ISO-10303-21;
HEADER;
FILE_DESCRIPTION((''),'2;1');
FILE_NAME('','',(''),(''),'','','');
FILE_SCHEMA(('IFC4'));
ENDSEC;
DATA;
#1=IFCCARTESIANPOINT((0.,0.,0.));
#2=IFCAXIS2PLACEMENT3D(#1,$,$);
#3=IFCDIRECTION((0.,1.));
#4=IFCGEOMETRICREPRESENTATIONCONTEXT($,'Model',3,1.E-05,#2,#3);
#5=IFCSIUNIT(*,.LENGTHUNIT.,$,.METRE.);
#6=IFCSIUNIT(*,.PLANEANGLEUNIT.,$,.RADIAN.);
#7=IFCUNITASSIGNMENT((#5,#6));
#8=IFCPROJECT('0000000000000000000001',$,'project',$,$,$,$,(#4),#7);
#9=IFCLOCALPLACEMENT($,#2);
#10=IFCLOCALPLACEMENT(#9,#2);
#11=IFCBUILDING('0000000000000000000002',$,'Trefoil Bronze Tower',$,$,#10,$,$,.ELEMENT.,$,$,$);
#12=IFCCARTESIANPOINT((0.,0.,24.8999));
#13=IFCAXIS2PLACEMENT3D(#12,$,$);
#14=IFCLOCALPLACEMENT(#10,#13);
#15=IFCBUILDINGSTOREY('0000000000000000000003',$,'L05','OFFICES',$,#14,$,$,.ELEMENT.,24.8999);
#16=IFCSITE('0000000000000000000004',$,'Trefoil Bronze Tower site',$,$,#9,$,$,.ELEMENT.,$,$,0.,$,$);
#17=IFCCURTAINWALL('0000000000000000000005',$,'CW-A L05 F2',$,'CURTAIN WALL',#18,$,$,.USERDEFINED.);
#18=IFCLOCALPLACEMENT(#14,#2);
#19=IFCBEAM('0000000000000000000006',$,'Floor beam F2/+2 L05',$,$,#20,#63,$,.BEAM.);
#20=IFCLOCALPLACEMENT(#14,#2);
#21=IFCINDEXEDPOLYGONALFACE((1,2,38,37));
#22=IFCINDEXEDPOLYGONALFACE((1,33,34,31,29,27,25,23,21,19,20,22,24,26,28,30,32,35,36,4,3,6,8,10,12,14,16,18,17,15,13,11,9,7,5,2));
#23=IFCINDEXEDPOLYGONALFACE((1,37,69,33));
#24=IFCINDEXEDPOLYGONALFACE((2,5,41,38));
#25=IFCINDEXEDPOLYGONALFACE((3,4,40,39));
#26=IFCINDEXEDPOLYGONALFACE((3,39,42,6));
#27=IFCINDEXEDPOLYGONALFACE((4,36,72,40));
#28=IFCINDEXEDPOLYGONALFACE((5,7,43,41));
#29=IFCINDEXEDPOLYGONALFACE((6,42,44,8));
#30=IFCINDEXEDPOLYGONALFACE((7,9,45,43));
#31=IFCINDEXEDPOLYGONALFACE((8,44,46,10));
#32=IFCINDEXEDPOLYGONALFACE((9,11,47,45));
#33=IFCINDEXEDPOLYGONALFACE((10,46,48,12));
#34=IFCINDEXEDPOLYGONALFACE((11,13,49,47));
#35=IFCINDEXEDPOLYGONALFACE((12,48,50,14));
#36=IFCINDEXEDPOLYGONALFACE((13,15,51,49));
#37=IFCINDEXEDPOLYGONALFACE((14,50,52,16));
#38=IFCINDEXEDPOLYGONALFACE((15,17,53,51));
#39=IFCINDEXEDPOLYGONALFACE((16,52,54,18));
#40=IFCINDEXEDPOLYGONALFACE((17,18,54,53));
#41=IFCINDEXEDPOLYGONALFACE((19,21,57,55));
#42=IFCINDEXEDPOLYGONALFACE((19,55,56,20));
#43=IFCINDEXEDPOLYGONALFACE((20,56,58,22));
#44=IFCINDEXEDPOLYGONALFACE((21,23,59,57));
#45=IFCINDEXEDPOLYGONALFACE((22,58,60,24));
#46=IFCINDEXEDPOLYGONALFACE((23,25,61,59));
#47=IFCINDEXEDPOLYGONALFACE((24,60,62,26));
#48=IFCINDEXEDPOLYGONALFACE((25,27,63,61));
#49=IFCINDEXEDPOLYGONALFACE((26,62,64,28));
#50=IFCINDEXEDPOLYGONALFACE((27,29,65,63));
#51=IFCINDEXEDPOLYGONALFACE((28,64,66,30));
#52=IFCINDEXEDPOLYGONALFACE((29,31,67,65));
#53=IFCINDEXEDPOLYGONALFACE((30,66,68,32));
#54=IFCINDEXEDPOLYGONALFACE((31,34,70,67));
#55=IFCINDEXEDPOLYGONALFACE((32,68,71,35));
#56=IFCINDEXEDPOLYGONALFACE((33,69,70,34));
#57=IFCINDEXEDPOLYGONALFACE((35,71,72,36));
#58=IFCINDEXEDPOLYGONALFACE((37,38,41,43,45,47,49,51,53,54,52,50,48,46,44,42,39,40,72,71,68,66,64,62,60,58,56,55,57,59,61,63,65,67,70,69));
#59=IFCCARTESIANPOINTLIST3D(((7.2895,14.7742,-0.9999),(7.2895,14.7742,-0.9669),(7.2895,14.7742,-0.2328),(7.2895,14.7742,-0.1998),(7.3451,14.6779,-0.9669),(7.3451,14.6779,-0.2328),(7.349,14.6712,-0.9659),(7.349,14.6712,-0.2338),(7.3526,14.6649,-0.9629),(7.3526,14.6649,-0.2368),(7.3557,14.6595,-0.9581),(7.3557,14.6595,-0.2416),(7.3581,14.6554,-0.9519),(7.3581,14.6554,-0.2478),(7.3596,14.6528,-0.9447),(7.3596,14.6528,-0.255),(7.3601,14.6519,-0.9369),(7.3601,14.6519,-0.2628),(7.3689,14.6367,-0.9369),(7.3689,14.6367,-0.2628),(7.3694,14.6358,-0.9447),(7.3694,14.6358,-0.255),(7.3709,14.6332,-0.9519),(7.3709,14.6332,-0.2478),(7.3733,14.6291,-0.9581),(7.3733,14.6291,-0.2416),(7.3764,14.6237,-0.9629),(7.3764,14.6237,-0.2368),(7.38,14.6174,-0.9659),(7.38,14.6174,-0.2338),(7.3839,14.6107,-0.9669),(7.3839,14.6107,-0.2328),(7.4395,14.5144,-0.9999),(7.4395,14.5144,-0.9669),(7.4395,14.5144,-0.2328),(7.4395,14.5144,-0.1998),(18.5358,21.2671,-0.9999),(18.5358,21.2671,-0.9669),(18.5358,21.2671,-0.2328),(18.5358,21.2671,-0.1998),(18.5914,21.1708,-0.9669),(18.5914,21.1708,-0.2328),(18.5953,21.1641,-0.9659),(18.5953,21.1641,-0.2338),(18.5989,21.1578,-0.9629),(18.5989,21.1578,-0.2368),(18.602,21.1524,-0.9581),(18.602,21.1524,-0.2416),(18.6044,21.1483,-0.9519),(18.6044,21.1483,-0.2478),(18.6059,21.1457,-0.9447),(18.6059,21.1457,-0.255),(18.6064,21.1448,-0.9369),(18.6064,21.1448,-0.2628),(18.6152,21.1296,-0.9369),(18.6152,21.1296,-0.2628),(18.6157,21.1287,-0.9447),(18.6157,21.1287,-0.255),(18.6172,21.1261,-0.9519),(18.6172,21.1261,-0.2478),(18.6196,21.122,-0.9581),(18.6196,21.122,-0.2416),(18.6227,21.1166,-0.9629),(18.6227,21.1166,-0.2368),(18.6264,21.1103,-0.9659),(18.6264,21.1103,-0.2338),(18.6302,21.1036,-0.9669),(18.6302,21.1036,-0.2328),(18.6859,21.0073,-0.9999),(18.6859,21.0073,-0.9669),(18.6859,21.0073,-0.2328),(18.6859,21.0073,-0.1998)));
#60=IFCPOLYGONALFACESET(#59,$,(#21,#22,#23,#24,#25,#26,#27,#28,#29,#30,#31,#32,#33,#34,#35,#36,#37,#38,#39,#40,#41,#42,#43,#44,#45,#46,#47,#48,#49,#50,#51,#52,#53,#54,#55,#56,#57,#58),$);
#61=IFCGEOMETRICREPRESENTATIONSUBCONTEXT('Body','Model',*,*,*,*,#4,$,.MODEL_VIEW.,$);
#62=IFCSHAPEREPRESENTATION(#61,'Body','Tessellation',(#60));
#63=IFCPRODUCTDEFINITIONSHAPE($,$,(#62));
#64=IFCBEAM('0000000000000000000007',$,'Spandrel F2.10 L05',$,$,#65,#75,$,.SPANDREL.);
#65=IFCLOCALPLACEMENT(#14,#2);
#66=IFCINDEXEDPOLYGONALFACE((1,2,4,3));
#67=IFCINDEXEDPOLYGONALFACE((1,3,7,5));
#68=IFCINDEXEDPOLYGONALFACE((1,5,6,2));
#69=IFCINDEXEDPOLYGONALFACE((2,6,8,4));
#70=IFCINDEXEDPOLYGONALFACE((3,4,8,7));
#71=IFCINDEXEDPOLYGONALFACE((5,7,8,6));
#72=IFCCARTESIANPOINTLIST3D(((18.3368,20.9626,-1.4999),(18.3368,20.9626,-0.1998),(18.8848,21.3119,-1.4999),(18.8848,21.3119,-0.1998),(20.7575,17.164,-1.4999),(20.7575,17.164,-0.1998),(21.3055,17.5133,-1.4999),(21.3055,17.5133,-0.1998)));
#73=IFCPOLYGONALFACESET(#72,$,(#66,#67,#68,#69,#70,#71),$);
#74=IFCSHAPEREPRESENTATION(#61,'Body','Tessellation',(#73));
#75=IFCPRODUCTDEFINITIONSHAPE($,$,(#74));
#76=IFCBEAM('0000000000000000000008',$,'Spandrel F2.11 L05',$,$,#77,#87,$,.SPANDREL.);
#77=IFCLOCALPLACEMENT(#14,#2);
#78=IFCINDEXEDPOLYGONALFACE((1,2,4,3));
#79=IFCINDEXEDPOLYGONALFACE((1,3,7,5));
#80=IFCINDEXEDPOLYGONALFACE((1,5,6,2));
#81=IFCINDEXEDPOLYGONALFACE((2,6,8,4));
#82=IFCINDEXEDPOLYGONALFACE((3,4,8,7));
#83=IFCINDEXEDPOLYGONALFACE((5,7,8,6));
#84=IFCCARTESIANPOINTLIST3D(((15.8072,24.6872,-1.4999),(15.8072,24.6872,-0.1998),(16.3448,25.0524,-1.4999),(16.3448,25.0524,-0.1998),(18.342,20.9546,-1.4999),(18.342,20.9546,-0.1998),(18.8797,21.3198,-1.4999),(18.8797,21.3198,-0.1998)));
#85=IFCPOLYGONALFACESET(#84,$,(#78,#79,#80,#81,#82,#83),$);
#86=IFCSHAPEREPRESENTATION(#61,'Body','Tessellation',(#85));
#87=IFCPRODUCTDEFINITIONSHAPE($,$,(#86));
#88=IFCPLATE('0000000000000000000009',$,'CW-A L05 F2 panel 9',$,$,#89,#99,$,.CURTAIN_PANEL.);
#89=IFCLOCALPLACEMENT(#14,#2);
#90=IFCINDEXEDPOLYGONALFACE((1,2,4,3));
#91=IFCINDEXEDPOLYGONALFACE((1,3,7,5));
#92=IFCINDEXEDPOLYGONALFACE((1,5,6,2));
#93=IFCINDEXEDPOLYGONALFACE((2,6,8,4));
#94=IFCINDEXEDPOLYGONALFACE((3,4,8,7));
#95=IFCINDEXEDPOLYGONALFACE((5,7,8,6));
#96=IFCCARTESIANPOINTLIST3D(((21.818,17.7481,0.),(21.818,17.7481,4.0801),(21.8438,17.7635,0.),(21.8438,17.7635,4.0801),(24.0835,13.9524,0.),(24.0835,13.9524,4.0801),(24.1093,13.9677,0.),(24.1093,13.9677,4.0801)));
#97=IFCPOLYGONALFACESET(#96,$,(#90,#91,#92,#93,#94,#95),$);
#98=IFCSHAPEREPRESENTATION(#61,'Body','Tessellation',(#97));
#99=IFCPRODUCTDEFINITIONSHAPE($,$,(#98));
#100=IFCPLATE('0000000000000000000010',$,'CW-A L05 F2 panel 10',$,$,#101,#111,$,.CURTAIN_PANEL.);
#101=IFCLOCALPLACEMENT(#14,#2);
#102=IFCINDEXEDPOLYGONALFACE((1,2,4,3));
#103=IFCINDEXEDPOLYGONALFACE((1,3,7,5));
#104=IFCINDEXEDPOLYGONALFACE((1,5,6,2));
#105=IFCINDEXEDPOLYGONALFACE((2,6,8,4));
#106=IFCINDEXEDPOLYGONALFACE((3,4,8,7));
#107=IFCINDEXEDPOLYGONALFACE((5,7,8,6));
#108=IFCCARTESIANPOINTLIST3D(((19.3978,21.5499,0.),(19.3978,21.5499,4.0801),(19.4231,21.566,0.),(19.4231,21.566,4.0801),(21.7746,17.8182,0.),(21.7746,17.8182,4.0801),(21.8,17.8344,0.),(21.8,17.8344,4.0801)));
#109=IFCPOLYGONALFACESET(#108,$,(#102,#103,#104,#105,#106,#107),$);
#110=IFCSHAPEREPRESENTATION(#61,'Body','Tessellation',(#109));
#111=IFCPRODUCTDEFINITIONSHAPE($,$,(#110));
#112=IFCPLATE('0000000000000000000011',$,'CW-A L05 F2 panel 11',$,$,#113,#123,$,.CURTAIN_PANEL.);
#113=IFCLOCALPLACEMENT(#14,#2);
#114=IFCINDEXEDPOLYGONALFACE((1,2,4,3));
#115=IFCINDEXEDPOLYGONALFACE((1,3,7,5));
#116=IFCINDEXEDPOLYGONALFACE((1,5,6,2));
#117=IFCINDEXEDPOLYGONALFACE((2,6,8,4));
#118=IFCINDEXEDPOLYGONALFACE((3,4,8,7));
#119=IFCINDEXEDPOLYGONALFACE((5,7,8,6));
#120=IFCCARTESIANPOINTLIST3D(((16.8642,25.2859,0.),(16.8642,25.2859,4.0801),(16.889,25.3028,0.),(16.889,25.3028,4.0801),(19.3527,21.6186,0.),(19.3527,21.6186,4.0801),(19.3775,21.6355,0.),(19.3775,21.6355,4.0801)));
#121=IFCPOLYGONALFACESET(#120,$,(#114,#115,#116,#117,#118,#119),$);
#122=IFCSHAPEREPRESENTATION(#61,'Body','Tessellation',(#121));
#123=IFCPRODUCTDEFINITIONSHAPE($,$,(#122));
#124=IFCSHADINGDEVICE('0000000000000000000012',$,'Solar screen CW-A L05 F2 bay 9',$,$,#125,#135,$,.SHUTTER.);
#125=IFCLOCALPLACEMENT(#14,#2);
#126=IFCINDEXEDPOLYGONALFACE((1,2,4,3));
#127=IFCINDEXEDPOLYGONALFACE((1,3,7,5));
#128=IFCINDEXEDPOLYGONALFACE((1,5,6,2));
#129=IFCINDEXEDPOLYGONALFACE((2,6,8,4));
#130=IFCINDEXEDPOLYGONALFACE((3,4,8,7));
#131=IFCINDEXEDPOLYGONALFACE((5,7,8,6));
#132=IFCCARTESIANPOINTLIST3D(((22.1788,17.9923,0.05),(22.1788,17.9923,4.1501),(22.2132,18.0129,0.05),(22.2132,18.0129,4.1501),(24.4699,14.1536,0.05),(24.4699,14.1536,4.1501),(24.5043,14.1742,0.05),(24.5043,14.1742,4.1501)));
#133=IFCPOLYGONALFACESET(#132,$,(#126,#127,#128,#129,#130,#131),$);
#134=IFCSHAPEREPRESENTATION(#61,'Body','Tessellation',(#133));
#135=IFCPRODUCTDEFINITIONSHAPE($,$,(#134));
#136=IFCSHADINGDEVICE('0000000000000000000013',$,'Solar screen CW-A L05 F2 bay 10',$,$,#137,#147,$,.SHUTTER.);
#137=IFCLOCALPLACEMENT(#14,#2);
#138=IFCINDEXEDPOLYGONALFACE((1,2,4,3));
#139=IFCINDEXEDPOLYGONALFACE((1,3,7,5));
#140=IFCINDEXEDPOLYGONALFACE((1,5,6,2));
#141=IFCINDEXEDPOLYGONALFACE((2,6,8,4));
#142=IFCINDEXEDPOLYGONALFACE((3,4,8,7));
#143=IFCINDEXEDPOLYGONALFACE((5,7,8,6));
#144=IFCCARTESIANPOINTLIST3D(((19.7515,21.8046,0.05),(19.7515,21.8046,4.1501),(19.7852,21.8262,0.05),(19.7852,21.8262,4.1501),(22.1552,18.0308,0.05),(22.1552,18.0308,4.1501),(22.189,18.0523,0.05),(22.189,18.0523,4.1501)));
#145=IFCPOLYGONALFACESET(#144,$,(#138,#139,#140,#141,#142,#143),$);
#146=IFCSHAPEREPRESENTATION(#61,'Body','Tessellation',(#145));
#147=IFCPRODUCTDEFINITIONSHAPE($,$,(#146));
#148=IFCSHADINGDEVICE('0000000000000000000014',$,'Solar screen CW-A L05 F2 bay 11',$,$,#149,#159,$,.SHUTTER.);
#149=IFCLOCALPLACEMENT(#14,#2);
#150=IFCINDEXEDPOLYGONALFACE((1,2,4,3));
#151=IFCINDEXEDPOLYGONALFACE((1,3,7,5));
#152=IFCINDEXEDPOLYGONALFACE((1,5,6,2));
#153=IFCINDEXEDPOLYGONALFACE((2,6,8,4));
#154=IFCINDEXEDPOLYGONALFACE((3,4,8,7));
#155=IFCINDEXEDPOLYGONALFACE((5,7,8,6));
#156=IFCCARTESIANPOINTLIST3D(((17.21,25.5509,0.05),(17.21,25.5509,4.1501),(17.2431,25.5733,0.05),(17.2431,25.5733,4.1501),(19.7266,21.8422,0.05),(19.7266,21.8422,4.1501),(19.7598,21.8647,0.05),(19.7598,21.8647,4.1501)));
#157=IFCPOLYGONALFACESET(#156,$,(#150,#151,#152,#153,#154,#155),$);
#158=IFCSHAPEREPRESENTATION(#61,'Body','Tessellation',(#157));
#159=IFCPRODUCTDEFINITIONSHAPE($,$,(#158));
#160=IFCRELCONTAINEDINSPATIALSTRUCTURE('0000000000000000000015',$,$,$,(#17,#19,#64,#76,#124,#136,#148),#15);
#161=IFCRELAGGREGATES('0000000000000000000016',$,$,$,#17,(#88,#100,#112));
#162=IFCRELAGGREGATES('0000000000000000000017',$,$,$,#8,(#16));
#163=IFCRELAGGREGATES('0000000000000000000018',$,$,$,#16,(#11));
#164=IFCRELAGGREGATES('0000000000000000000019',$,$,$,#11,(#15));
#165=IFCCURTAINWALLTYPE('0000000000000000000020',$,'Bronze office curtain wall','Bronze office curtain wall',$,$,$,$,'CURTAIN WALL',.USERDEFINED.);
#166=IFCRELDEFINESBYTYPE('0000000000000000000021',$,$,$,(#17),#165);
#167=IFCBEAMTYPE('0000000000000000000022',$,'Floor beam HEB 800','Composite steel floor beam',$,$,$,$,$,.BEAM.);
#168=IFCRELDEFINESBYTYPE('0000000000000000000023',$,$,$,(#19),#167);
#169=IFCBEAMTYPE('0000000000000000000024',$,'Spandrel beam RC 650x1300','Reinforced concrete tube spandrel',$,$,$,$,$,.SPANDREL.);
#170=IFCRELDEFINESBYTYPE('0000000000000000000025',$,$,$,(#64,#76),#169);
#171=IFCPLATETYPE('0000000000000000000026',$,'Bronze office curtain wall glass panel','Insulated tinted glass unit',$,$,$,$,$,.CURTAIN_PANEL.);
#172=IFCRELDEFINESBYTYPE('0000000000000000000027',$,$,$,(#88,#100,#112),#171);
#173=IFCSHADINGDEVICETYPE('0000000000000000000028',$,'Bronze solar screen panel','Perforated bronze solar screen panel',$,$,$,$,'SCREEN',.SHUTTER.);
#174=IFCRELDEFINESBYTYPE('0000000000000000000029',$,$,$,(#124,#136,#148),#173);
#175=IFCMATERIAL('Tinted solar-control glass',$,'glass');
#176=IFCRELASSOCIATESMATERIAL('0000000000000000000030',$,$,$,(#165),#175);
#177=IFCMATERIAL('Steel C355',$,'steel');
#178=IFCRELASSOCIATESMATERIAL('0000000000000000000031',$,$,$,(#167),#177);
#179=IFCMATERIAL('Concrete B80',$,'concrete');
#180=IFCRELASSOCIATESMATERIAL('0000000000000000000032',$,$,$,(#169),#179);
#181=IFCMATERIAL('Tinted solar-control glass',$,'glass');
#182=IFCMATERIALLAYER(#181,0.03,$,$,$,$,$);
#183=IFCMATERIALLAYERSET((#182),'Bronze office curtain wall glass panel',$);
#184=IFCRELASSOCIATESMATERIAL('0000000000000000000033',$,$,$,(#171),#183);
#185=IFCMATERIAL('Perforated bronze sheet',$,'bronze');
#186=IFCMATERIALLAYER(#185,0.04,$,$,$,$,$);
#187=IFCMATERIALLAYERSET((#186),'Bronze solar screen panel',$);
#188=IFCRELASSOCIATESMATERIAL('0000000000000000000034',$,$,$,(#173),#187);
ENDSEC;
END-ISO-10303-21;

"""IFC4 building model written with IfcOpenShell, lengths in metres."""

from ifc_helpers import new_model, si_unit, direction, frame, origin, origin_2d, place, context, subcontext, project, spatial, rectangle, i_section, extrude, material, layer, layer_set, material_profile, profile_set, type_object, element, aggregate, save


model = new_model("IFC4")

# Units and contexts
model_context = context("Model", 3, precision=1e-05, world=origin(), true_north=direction((0.0, 1.0)))
body_context = subcontext(model_context, "Body", "Model", "MODEL_VIEW")
ifc_project = project(units=[si_unit("LENGTHUNIT", "METRE"), si_unit("PLANEANGLEUNIT", "RADIAN")], contexts=[model_context])

# Site, building, storey
site_placement = place(None, origin())
site = spatial("IfcSite", under=ifc_project, at=site_placement, Name="Trefoil Bronze Tower site", CompositionType="ELEMENT", RefElevation=0.0)
building_placement = place(site_placement, origin())
building = spatial("IfcBuilding", under=site, at=building_placement, Name="Trefoil Bronze Tower", CompositionType="ELEMENT")
storey_placement = place(building_placement, frame((0.0, 0.0, 24.8999)))
storey = spatial("IfcBuildingStorey", under=building, at=storey_placement, Name="L05", Description="OFFICES", CompositionType="ELEMENT", Elevation=24.8999)

# Curtain wall
ifc_material_1 = material(Name="Tinted solar-control glass", Category="glass")
curtain_wall_type = type_object("IfcCurtainWallType", Name="Bronze office curtain wall", Description="Bronze office curtain wall", ElementType="CURTAIN WALL", PredefinedType="USERDEFINED", material=ifc_material_1)
curtain_wall_placement = place(storey_placement, origin())
curtain_wall = element("IfcCurtainWall", 1, at=curtain_wall_placement, inside=storey, type_object=curtain_wall_type, Name="CW-A L05 F2", ObjectType="CURTAIN WALL", PredefinedType="USERDEFINED")

# Beams
ifc_material_2 = material(Name="Steel C355", Category="steel")
ifc_material_profile_1 = material_profile(ifc_material_2, i_section(OverallWidth=0.3, OverallDepth=0.8, WebThickness=0.0176, FlangeThickness=0.033, FilletRadius=0.03, at=origin_2d()), Name="HEB 800")
ifc_profile_set_1 = profile_set([ifc_material_profile_1], Name="Steel C355")
beam_type_1 = type_object("IfcBeamType", Name="Floor beam HEB 800", Description="Composite steel floor beam", PredefinedType="BEAM", material=ifc_profile_set_1)
beam_1_placement = place(storey_placement, frame((18.6108, 21.1372, -0.5999), z_axis=(-0.866031, -0.499991, 0.0), x_axis=(0.499991, -0.866031, 0.0)))
element("IfcBeam", 2, at=beam_1_placement, inside=storey, type_object=beam_type_1, Name="Floor beam F2/+2 L05", PredefinedType="BEAM", context=body_context, shape_type="SweptSolid", body=[
    extrude(i_section(OverallWidth=0.3, OverallDepth=0.8, WebThickness=0.0176, FlangeThickness=0.033, FilletRadius=0.03, at=origin_2d()), origin(), (0.0, 0.0, 1.0), 12.9861),
])
ifc_material_3 = material(Name="Concrete B80", Category="concrete")
ifc_material_profile_2 = material_profile(ifc_material_3, rectangle(XDim=0.6499, YDim=1.3, at=origin_2d()), Name="RC 650x1300")
ifc_profile_set_2 = profile_set([ifc_material_profile_2], Name="Concrete B80")
beam_type_2 = type_object("IfcBeamType", Name="Spandrel beam RC 650x1300", Description="Reinforced concrete tube spandrel", PredefinedType="SPANDREL", material=ifc_profile_set_2)
beam_2_placement = place(storey_placement, frame((21.0315, 17.3386, -0.8499), z_axis=(-0.537408, 0.843322, 0.0), x_axis=(-0.843322, -0.537408, 0.0)))
element("IfcBeam", 3, at=beam_2_placement, inside=storey, type_object=beam_type_2, Name="Spandrel F2.10 L05", PredefinedType="SPANDREL", context=body_context, shape_type="SweptSolid", body=[
    extrude(rectangle(XDim=0.6499, YDim=1.3, at=origin_2d()), origin(), (0.0, 0.0, 1.0), 4.5044),
])
beam_3_placement = place(storey_placement, frame((18.6108, 21.1372, -0.8499), z_axis=(-0.56181, 0.827267, 0.0), x_axis=(-0.827267, -0.56181, 0.0)))
element("IfcBeam", 4, at=beam_3_placement, inside=storey, type_object=beam_type_2, Name="Spandrel F2.11 L05", PredefinedType="SPANDREL", context=body_context, shape_type="SweptSolid", body=[
    extrude(rectangle(XDim=0.6499, YDim=1.3, at=origin_2d()), origin(), (0.0, 0.0, 1.0), 4.512),
])

# Plates
ifc_material_4 = material(Name="Tinted solar-control glass", Category="glass")
ifc_layer_1 = layer(ifc_material_4, 0.03)
ifc_layer_set_1 = layer_set([ifc_layer_1], Name="Bronze office curtain wall glass panel")
plate_type = type_object("IfcPlateType", Name="Bronze office curtain wall glass panel", Description="Insulated tinted glass unit", PredefinedType="CURTAIN_PANEL", material=ifc_layer_set_1)
plate_1_placement = place(storey_placement, frame((22.9636, 15.8579, 0.0), z_axis=(0.0, 0.0, 1.0), x_axis=(-0.512513, 0.85868, 0.0)))
plate_1 = element("IfcPlate", 5, at=plate_1_placement, type_object=plate_type, Name="CW-A L05 F2 panel 9", PredefinedType="CURTAIN_PANEL", context=body_context, shape_type="SweptSolid", body=[
    extrude(rectangle(XDim=4.4204, YDim=0.03, at=origin_2d()), origin(), (0.0, 0.0, 1.0), 4.0801),
])
plate_2_placement = place(storey_placement, frame((20.5989, 19.6921, 0.0), z_axis=(0.0, 0.0, 1.0), x_axis=(-0.537222, 0.843441, 0.0)))
plate_2 = element("IfcPlate", 6, at=plate_2_placement, type_object=plate_type, Name="CW-A L05 F2 panel 10", PredefinedType="CURTAIN_PANEL", context=body_context, shape_type="SweptSolid", body=[
    extrude(rectangle(XDim=4.4243, YDim=0.03, at=origin_2d()), origin(), (0.0, 0.0, 1.0), 4.0801),
])
plate_3_placement = place(storey_placement, frame((18.1208, 23.4607, 0.0), z_axis=(0.0, 0.0, 1.0), x_axis=(-0.56151, 0.82747, 0.0)))
plate_3 = element("IfcPlate", 7, at=plate_3_placement, type_object=plate_type, Name="CW-A L05 F2 panel 11", PredefinedType="CURTAIN_PANEL", context=body_context, shape_type="SweptSolid", body=[
    extrude(rectangle(XDim=4.4319, YDim=0.03, at=origin_2d()), origin(), (0.0, 0.0, 1.0), 4.0801),
])
aggregate(curtain_wall, [plate_1, plate_2, plate_3])

# Shading devices
ifc_material_5 = material(Name="Perforated bronze sheet", Category="bronze")
ifc_layer_2 = layer(ifc_material_5, 0.04)
ifc_layer_set_2 = layer_set([ifc_layer_2], Name="Bronze solar screen panel")
shading_device_type = type_object("IfcShadingDeviceType", Name="Bronze solar screen panel", Description="Perforated bronze solar screen panel", ElementType="SCREEN", PredefinedType="SHUTTER", material=ifc_layer_set_2)
shading_device_1_placement = place(storey_placement, frame((23.3416, 16.0833, 0.05), z_axis=(0.0, 0.0, 1.0), x_axis=(-0.512513, 0.85868, 0.0)))
element("IfcShadingDevice", 8, at=shading_device_1_placement, inside=storey, type_object=shading_device_type, Name="Solar screen CW-A L05 F2 bay 9", PredefinedType="SHUTTER", context=body_context, shape_type="SweptSolid", body=[
    extrude(rectangle(XDim=4.4705, YDim=0.04, at=origin_2d()), origin(), (0.0, 0.0, 1.0), 4.1001),
])
shading_device_2_placement = place(storey_placement, frame((20.9702, 19.9285, 0.05), z_axis=(0.0, 0.0, 1.0), x_axis=(-0.537222, 0.843441, 0.0)))
element("IfcShadingDevice", 9, at=shading_device_2_placement, inside=storey, type_object=shading_device_type, Name="Solar screen CW-A L05 F2 bay 10", PredefinedType="SHUTTER", context=body_context, shape_type="SweptSolid", body=[
    extrude(rectangle(XDim=4.4744, YDim=0.04, at=origin_2d()), origin(), (0.0, 0.0, 1.0), 4.1001),
])
shading_device_3_placement = place(storey_placement, frame((18.4849, 23.7078, 0.05), z_axis=(0.0, 0.0, 1.0), x_axis=(-0.56151, 0.82747, 0.0)))
element("IfcShadingDevice", 10, at=shading_device_3_placement, inside=storey, type_object=shading_device_type, Name="Solar screen CW-A L05 F2 bay 11", PredefinedType="SHUTTER", context=body_context, shape_type="SweptSolid", body=[
    extrude(rectangle(XDim=4.4819, YDim=0.04, at=origin_2d()), origin(), (0.0, 0.0, 1.0), 4.1001),
])

save(model, "model.ifc")
